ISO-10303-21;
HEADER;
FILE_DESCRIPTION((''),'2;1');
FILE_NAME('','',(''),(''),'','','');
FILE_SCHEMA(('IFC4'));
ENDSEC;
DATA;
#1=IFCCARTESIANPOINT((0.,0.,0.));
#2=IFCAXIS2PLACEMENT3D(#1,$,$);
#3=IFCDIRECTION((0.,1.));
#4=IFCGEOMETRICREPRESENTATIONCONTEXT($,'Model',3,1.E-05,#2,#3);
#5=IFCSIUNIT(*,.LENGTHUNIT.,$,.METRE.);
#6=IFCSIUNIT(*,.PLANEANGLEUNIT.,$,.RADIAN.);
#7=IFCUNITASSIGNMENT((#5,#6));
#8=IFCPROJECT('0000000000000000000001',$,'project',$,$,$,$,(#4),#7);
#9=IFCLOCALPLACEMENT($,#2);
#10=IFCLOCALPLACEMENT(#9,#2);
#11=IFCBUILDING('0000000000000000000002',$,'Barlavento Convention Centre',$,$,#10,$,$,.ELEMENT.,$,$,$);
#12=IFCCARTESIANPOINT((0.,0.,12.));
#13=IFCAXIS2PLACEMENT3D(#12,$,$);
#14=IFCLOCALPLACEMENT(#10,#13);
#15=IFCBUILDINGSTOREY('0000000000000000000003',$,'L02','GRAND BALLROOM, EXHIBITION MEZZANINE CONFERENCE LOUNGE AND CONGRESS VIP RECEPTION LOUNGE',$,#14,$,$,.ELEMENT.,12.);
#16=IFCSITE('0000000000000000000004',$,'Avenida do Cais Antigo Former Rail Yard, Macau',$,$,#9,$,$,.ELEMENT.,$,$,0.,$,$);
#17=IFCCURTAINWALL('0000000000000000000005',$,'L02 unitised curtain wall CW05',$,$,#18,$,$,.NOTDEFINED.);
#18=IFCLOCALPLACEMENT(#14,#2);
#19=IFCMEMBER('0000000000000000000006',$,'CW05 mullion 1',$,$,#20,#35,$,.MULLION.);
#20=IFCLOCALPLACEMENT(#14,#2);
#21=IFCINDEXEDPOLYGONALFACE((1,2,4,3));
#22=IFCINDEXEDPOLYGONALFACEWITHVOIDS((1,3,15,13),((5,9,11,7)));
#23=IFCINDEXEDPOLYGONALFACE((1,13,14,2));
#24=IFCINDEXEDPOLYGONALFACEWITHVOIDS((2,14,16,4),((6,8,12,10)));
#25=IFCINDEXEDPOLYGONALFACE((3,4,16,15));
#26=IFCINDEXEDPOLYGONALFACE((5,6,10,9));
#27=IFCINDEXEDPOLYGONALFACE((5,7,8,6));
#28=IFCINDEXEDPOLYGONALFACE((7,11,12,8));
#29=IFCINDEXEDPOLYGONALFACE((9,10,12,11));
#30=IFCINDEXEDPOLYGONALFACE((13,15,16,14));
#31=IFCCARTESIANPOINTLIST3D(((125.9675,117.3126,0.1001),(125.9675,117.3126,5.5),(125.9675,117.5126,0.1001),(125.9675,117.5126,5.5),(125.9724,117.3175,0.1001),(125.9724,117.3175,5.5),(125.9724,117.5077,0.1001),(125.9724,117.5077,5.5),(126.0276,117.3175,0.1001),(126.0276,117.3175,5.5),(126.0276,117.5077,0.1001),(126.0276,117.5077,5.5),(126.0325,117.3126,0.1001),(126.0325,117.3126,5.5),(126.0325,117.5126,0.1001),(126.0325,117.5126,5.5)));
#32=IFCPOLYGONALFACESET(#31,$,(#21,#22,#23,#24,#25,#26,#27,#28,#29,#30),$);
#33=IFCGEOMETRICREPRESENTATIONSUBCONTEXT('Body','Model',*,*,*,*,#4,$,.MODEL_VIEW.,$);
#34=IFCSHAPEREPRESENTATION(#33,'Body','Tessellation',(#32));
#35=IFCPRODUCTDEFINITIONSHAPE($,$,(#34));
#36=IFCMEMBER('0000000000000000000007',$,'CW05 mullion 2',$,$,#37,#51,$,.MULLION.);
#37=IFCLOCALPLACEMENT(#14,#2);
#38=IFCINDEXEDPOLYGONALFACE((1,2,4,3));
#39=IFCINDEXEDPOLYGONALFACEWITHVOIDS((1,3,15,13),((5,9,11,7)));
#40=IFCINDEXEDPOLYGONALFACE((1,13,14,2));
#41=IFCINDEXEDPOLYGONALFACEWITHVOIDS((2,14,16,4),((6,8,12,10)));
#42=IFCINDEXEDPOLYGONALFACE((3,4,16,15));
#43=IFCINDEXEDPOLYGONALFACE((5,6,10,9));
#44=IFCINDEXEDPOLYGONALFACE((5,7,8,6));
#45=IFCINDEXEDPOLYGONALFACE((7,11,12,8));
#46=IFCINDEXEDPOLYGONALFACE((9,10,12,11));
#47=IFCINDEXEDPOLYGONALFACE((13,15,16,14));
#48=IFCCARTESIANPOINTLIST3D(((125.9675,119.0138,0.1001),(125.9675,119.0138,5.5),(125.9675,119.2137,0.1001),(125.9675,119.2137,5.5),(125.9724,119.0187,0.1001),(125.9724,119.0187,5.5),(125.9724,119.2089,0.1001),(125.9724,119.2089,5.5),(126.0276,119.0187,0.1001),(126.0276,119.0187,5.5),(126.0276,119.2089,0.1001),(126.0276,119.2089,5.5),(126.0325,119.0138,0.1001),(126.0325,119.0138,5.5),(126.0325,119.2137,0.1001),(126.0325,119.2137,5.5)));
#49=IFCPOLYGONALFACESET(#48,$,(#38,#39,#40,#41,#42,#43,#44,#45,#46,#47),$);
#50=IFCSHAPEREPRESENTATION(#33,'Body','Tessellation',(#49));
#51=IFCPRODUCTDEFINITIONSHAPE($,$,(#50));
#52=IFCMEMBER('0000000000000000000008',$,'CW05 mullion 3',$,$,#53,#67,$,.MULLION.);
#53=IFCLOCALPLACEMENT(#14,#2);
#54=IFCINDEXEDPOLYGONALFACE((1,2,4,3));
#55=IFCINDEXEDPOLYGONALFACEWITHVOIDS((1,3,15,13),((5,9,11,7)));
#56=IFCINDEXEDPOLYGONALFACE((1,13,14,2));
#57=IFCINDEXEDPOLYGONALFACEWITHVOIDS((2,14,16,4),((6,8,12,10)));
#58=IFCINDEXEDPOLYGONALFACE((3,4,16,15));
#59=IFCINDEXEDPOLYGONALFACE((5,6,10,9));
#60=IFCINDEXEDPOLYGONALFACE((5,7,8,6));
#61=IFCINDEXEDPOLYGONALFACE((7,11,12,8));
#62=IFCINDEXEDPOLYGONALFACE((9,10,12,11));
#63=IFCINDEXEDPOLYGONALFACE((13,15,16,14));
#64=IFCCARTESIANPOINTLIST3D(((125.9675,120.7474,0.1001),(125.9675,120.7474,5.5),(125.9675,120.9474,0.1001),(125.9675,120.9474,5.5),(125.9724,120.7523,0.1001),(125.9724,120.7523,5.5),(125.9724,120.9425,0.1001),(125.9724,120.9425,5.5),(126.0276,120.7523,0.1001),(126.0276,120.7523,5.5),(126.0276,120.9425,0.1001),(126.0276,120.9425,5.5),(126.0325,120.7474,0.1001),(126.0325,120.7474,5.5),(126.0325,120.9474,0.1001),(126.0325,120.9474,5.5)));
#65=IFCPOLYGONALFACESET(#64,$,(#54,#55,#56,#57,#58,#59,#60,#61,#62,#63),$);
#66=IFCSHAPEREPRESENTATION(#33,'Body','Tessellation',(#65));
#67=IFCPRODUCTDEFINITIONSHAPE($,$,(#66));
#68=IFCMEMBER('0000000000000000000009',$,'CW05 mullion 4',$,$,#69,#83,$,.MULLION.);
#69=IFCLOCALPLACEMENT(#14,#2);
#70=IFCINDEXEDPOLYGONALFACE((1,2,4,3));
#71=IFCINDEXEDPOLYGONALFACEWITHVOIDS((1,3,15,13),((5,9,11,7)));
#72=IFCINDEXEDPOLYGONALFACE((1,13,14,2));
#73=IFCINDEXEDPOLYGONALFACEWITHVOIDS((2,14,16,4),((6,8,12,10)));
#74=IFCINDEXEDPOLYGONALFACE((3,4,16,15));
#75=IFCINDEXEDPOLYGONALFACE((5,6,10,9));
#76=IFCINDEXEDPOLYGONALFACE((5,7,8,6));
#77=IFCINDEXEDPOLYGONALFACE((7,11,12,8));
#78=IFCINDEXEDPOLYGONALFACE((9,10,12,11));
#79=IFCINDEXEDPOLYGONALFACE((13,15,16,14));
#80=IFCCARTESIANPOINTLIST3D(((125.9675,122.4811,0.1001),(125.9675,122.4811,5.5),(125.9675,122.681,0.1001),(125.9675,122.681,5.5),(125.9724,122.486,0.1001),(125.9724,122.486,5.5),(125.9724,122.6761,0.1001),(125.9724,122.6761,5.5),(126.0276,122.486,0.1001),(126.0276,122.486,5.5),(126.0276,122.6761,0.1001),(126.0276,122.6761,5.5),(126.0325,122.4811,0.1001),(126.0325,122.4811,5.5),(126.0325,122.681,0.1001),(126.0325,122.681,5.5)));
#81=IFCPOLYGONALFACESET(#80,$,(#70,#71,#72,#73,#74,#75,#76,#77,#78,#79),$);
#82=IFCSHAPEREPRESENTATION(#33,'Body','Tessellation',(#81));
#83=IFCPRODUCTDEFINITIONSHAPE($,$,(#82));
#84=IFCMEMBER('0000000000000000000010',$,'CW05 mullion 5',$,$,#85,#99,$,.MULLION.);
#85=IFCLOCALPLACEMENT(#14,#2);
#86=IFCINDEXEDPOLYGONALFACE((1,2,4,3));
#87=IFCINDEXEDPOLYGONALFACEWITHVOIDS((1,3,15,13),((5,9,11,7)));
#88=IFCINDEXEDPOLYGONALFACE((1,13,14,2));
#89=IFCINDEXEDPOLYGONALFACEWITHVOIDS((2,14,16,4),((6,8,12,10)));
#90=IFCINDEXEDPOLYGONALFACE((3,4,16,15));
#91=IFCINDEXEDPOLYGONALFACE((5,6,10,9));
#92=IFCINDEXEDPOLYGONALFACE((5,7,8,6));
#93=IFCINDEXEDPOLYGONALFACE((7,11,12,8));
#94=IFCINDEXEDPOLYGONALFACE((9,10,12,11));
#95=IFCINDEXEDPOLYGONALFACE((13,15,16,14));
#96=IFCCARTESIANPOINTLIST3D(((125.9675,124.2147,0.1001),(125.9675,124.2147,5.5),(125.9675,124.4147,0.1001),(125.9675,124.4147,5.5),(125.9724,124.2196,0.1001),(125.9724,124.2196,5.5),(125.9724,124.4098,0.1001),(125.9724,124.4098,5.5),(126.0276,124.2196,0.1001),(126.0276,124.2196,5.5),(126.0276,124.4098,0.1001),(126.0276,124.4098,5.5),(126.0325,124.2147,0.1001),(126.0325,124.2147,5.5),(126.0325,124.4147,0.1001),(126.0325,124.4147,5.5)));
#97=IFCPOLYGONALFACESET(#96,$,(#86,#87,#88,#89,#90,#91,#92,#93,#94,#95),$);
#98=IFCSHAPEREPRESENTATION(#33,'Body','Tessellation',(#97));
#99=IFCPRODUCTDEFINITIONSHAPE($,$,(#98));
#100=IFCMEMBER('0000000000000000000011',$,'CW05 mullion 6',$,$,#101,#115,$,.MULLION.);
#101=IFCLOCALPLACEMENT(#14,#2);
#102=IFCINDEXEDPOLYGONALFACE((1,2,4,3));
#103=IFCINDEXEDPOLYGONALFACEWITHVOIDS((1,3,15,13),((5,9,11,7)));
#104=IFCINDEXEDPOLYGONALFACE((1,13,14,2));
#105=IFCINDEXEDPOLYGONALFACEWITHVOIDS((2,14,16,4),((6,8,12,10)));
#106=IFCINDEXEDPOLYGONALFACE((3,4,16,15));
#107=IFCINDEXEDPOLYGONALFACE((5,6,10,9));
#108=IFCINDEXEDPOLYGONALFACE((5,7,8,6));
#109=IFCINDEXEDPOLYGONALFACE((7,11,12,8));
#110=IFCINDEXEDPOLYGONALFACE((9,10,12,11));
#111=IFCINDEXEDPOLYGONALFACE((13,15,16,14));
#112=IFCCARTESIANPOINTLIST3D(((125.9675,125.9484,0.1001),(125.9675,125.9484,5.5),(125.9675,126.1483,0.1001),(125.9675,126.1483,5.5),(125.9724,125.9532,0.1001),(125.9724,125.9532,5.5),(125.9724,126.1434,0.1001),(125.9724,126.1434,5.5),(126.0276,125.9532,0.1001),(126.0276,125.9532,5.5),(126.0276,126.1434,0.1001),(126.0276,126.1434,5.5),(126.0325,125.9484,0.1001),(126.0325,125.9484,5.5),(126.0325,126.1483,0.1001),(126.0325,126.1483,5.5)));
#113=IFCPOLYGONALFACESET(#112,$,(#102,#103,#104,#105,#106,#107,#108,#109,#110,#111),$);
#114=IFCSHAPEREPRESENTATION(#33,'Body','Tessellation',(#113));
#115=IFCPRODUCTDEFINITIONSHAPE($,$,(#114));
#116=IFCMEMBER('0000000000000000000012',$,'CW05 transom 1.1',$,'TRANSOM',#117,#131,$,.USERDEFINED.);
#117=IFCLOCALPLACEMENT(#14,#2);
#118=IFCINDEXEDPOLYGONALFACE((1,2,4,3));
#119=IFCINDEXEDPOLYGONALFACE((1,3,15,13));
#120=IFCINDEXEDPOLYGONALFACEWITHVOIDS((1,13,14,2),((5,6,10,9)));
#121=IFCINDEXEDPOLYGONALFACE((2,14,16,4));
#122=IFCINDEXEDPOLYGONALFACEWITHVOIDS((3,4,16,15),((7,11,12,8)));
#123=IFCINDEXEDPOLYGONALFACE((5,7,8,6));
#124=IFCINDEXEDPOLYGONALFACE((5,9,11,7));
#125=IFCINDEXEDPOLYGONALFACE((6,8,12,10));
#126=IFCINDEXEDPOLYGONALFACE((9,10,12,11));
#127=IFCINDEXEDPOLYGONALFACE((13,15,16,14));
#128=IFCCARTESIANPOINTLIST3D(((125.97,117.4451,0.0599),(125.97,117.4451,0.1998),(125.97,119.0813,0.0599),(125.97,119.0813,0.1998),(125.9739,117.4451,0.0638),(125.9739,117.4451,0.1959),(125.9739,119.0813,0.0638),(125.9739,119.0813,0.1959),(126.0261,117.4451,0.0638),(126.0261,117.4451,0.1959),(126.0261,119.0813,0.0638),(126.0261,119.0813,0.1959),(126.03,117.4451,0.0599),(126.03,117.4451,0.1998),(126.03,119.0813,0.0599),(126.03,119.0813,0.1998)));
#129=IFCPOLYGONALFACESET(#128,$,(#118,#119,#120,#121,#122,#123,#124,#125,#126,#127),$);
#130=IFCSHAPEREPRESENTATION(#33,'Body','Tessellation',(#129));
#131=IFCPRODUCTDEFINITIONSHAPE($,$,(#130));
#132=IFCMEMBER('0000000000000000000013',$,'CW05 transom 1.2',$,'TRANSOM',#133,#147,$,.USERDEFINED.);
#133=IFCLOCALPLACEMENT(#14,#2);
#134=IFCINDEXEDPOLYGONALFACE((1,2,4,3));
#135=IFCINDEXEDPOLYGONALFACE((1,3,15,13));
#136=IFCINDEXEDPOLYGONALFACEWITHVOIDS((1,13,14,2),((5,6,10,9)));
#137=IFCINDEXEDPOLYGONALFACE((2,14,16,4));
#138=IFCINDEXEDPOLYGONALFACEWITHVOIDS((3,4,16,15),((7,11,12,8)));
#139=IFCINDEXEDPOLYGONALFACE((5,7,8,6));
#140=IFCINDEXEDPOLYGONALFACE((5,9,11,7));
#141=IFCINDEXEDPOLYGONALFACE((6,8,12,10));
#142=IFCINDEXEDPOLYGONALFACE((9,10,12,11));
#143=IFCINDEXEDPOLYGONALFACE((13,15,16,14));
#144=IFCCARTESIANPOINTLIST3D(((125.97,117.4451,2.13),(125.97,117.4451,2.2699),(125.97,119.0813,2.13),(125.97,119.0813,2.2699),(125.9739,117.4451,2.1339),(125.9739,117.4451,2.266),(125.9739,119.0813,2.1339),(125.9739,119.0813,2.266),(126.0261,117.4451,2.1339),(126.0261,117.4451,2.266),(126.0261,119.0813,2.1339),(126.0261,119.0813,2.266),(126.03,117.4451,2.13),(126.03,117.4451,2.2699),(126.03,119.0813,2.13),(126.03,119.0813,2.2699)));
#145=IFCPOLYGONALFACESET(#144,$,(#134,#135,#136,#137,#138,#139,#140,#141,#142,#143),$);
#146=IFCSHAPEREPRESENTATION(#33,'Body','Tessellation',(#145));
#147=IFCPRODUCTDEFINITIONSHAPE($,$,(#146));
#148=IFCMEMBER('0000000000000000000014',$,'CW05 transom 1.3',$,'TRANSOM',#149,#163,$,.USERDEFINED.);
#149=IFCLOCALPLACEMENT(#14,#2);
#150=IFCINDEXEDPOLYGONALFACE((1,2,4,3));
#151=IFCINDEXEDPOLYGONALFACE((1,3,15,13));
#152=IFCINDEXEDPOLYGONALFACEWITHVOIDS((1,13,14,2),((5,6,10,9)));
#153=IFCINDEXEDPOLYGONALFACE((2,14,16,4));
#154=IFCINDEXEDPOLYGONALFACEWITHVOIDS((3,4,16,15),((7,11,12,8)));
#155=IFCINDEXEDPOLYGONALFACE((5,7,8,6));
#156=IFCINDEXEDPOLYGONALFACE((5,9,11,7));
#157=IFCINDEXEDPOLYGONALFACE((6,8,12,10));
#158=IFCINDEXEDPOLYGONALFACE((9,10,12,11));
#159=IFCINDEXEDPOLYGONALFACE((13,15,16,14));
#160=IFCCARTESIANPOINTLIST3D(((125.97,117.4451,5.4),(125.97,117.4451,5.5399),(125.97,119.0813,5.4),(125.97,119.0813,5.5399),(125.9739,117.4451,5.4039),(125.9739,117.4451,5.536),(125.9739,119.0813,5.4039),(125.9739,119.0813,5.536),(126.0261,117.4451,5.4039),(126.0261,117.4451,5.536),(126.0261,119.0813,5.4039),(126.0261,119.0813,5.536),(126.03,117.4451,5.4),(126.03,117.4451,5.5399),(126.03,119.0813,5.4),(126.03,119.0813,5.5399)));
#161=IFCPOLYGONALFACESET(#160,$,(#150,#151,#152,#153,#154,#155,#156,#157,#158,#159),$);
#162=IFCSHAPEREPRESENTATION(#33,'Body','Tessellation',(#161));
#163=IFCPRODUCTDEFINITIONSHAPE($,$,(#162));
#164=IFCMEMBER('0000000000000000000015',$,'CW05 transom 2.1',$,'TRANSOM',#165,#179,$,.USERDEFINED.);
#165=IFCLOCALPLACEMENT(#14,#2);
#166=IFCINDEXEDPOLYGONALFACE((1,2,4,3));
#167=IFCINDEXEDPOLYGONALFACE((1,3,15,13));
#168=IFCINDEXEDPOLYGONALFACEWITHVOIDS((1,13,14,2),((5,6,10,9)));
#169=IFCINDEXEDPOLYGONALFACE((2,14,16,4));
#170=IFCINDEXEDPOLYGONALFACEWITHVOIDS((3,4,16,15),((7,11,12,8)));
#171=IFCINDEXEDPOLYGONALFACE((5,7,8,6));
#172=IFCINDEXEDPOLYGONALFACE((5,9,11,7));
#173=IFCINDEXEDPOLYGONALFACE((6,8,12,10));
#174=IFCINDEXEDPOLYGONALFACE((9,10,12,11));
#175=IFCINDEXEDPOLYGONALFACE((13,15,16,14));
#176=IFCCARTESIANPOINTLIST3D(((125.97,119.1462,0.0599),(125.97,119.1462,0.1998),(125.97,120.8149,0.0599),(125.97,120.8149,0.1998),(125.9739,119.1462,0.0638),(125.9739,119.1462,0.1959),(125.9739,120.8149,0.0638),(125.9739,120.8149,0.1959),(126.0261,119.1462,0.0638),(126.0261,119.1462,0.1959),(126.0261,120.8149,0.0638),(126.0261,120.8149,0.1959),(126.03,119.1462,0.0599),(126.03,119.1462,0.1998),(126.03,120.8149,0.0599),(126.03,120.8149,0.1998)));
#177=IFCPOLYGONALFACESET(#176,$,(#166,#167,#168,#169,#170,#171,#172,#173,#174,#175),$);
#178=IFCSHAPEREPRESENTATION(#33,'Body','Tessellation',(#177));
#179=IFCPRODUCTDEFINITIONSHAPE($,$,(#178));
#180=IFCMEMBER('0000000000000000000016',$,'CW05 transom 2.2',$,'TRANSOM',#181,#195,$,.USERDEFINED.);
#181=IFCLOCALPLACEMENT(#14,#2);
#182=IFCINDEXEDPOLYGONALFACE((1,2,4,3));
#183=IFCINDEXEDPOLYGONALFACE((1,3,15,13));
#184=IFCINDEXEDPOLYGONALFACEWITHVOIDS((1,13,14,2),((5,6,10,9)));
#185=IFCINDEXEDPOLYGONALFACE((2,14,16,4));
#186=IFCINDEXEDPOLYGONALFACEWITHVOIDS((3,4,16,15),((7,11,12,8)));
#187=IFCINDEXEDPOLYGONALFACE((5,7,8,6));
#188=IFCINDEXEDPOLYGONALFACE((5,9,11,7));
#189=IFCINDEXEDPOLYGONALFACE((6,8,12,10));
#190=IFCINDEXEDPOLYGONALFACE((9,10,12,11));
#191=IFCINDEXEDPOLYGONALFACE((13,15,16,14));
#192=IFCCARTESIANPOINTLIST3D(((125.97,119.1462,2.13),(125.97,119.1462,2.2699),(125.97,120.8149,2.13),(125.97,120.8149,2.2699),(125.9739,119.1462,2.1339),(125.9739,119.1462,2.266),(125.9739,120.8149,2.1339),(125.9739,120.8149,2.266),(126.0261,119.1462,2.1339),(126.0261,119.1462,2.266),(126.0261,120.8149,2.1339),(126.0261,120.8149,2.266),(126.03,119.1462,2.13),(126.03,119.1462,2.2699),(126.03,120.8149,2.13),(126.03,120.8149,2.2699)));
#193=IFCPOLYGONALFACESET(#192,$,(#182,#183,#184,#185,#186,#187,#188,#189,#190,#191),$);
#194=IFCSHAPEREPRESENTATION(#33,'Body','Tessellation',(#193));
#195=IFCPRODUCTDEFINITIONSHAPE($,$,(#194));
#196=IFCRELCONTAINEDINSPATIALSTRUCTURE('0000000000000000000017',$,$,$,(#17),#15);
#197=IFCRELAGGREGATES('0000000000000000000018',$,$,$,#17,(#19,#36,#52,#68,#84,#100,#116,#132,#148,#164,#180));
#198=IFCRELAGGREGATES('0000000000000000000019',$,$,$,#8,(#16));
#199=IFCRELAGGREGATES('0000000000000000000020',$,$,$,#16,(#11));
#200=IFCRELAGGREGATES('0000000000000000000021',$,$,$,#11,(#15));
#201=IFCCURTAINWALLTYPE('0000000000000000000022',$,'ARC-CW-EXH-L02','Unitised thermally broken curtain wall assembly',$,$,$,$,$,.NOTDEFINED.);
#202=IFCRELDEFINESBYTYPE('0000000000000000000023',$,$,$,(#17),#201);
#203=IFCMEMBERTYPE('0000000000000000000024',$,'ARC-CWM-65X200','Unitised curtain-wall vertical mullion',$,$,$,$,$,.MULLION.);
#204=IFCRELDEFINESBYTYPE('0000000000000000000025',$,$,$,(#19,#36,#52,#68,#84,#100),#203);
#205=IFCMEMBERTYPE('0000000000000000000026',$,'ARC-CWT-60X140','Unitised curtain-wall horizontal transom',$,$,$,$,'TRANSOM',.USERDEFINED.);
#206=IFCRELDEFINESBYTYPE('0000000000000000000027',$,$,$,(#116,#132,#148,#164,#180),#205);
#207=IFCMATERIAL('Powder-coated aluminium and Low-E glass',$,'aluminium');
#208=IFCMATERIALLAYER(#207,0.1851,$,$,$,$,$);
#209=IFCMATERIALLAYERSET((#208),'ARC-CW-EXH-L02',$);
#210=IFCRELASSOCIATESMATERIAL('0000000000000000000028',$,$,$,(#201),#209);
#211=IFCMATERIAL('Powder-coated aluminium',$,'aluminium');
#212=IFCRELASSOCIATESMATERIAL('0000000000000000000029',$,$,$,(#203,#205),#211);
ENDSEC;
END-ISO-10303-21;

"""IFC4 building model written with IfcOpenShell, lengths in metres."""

from ifc_helpers import new_model, si_unit, direction, frame, origin, origin_2d, place, context, subcontext, project, spatial, hollow_rectangle, extrude, material, layer, layer_set, material_profile, profile_set, type_object, element, aggregate, save


model = new_model("IFC4")

# Units and contexts
model_context = context("Model", 3, precision=1e-05, world=origin(), true_north=direction((0.0, 1.0)))
body_context = subcontext(model_context, "Body", "Model", "MODEL_VIEW")
ifc_project = project(units=[si_unit("LENGTHUNIT", "METRE"), si_unit("PLANEANGLEUNIT", "RADIAN")], contexts=[model_context])

# Site, building, storey
site_placement = place(None, origin())
site = spatial("IfcSite", under=ifc_project, at=site_placement, Name="Avenida do Cais Antigo Former Rail Yard, Macau", CompositionType="ELEMENT", RefElevation=0.0)
building_placement = place(site_placement, origin())
building = spatial("IfcBuilding", under=site, at=building_placement, Name="Barlavento Convention Centre", CompositionType="ELEMENT")
storey_placement = place(building_placement, frame((0.0, 0.0, 12.0)))
storey = spatial("IfcBuildingStorey", under=building, at=storey_placement, Name="L02", Description="GRAND BALLROOM, EXHIBITION MEZZANINE CONFERENCE LOUNGE AND CONGRESS VIP RECEPTION LOUNGE", CompositionType="ELEMENT", Elevation=12.0)

# Curtain wall, members
ifc_material_1 = material(Name="Powder-coated aluminium and Low-E glass", Category="aluminium")
ifc_layer_1 = layer(ifc_material_1, 0.1851)
ifc_layer_set_1 = layer_set([ifc_layer_1], Name="ARC-CW-EXH-L02")
curtain_wall_type = type_object("IfcCurtainWallType", Name="ARC-CW-EXH-L02", Description="Unitised thermally broken curtain wall assembly", PredefinedType="NOTDEFINED", material=ifc_layer_set_1)
curtain_wall_placement = place(storey_placement, origin())
curtain_wall = element("IfcCurtainWall", 1, at=curtain_wall_placement, inside=storey, type_object=curtain_wall_type, Name="L02 unitised curtain wall CW05", PredefinedType="NOTDEFINED")
ifc_material_2 = material(Name="Powder-coated aluminium", Category="aluminium")
ifc_material_profile_1 = material_profile(ifc_material_2, hollow_rectangle(XDim=0.0649, YDim=0.2, WallThickness=0.0049, at=origin_2d()), Name="AL-MULL 65x200x5")
ifc_profile_set_1 = profile_set([ifc_material_profile_1], Name="Powder-coated aluminium")
member_type_1 = type_object("IfcMemberType", Name="ARC-CWM-65X200", Description="Unitised curtain-wall vertical mullion", PredefinedType="MULLION", material=ifc_profile_set_1)
member_1_placement = place(storey_placement, frame((126.0, 117.4126, 0.1001), z_axis=(0.0, 0.0, 1.0), x_axis=(-1.0, 0.0, 0.0)))
member_1 = element("IfcMember", 2, at=member_1_placement, type_object=member_type_1, Name="CW05 mullion 1", PredefinedType="MULLION", context=body_context, shape_type="SweptSolid", body=[
    extrude(hollow_rectangle(XDim=0.0649, YDim=0.2, WallThickness=0.0049, at=origin_2d()), origin(), (0.0, 0.0, 1.0), 5.3999),
])
member_2_placement = place(storey_placement, frame((126.0, 119.1138, 0.1001), z_axis=(0.0, 0.0, 1.0), x_axis=(-1.0, 0.0, 0.0)))
member_2 = element("IfcMember", 3, at=member_2_placement, type_object=member_type_1, Name="CW05 mullion 2", PredefinedType="MULLION", context=body_context, shape_type="SweptSolid", body=[
    extrude(hollow_rectangle(XDim=0.0649, YDim=0.2, WallThickness=0.0049, at=origin_2d()), origin(), (0.0, 0.0, 1.0), 5.3999),
])
member_3_placement = place(storey_placement, frame((126.0, 120.8474, 0.1001), z_axis=(0.0, 0.0, 1.0), x_axis=(-1.0, 0.0, 0.0)))
member_3 = element("IfcMember", 4, at=member_3_placement, type_object=member_type_1, Name="CW05 mullion 3", PredefinedType="MULLION", context=body_context, shape_type="SweptSolid", body=[
    extrude(hollow_rectangle(XDim=0.0649, YDim=0.2, WallThickness=0.0049, at=origin_2d()), origin(), (0.0, 0.0, 1.0), 5.3999),
])
member_4_placement = place(storey_placement, frame((126.0, 122.5811, 0.1001), z_axis=(0.0, 0.0, 1.0), x_axis=(-1.0, 0.0, 0.0)))
member_4 = element("IfcMember", 5, at=member_4_placement, type_object=member_type_1, Name="CW05 mullion 4", PredefinedType="MULLION", context=body_context, shape_type="SweptSolid", body=[
    extrude(hollow_rectangle(XDim=0.0649, YDim=0.2, WallThickness=0.0049, at=origin_2d()), origin(), (0.0, 0.0, 1.0), 5.3999),
])
member_5_placement = place(storey_placement, frame((126.0, 124.3147, 0.1001), z_axis=(0.0, 0.0, 1.0), x_axis=(-1.0, 0.0, 0.0)))
member_5 = element("IfcMember", 6, at=member_5_placement, type_object=member_type_1, Name="CW05 mullion 5", PredefinedType="MULLION", context=body_context, shape_type="SweptSolid", body=[
    extrude(hollow_rectangle(XDim=0.0649, YDim=0.2, WallThickness=0.0049, at=origin_2d()), origin(), (0.0, 0.0, 1.0), 5.3999),
])
member_6_placement = place(storey_placement, frame((126.0, 126.0483, 0.1001), z_axis=(0.0, 0.0, 1.0), x_axis=(-1.0, 0.0, 0.0)))
member_6 = element("IfcMember", 7, at=member_6_placement, type_object=member_type_1, Name="CW05 mullion 6", PredefinedType="MULLION", context=body_context, shape_type="SweptSolid", body=[
    extrude(hollow_rectangle(XDim=0.0649, YDim=0.2, WallThickness=0.0049, at=origin_2d()), origin(), (0.0, 0.0, 1.0), 5.3999),
])
ifc_material_profile_2 = material_profile(ifc_material_2, hollow_rectangle(XDim=0.0601, YDim=0.1399, WallThickness=0.0039, at=origin_2d()), Name="AL-TRAN 60x140x4")
ifc_profile_set_2 = profile_set([ifc_material_profile_2], Name="Powder-coated aluminium")
member_type_2 = type_object("IfcMemberType", Name="ARC-CWT-60X140", Description="Unitised curtain-wall horizontal transom", ElementType="TRANSOM", PredefinedType="USERDEFINED", material=ifc_profile_set_2)
member_7_placement = place(storey_placement, frame((126.0, 117.4451, 0.1299), z_axis=(0.0, 1.0, 0.0), x_axis=(-1.0, 0.0, 0.0)))
member_7 = element("IfcMember", 8, at=member_7_placement, type_object=member_type_2, Name="CW05 transom 1.1", ObjectType="TRANSOM", PredefinedType="USERDEFINED", context=body_context, shape_type="SweptSolid", body=[
    extrude(hollow_rectangle(XDim=0.0601, YDim=0.1399, WallThickness=0.0039, at=origin_2d()), origin(), (0.0, 0.0, 1.0), 1.6362),
])
member_8_placement = place(storey_placement, frame((126.0, 117.4451, 2.2), z_axis=(0.0, 1.0, 0.0), x_axis=(-1.0, 0.0, 0.0)))
member_8 = element("IfcMember", 9, at=member_8_placement, type_object=member_type_2, Name="CW05 transom 1.2", ObjectType="TRANSOM", PredefinedType="USERDEFINED", context=body_context, shape_type="SweptSolid", body=[
    extrude(hollow_rectangle(XDim=0.0601, YDim=0.1399, WallThickness=0.0039, at=origin_2d()), origin(), (0.0, 0.0, 1.0), 1.6362),
])
member_9_placement = place(storey_placement, frame((126.0, 117.4451, 5.47), z_axis=(0.0, 1.0, 0.0), x_axis=(-1.0, 0.0, 0.0)))
member_9 = element("IfcMember", 10, at=member_9_placement, type_object=member_type_2, Name="CW05 transom 1.3", ObjectType="TRANSOM", PredefinedType="USERDEFINED", context=body_context, shape_type="SweptSolid", body=[
    extrude(hollow_rectangle(XDim=0.0601, YDim=0.1399, WallThickness=0.0039, at=origin_2d()), origin(), (0.0, 0.0, 1.0), 1.6362),
])
member_10_placement = place(storey_placement, frame((126.0, 119.1462, 0.1299), z_axis=(0.0, 1.0, 0.0), x_axis=(-1.0, 0.0, 0.0)))
member_10 = element("IfcMember", 11, at=member_10_placement, type_object=member_type_2, Name="CW05 transom 2.1", ObjectType="TRANSOM", PredefinedType="USERDEFINED", context=body_context, shape_type="SweptSolid", body=[
    extrude(hollow_rectangle(XDim=0.0601, YDim=0.1399, WallThickness=0.0039, at=origin_2d()), origin(), (0.0, 0.0, 1.0), 1.6687),
])
member_11_placement = place(storey_placement, frame((126.0, 119.1462, 2.2), z_axis=(0.0, 1.0, 0.0), x_axis=(-1.0, 0.0, 0.0)))
member_11 = element("IfcMember", 12, at=member_11_placement, type_object=member_type_2, Name="CW05 transom 2.2", ObjectType="TRANSOM", PredefinedType="USERDEFINED", context=body_context, shape_type="SweptSolid", body=[
    extrude(hollow_rectangle(XDim=0.0601, YDim=0.1399, WallThickness=0.0039, at=origin_2d()), origin(), (0.0, 0.0, 1.0), 1.6687),
])
aggregate(curtain_wall, [member_1, member_2, member_3, member_4, member_5, member_6, member_7, member_8, member_9, member_10, member_11])

save(model, "model.ifc")
